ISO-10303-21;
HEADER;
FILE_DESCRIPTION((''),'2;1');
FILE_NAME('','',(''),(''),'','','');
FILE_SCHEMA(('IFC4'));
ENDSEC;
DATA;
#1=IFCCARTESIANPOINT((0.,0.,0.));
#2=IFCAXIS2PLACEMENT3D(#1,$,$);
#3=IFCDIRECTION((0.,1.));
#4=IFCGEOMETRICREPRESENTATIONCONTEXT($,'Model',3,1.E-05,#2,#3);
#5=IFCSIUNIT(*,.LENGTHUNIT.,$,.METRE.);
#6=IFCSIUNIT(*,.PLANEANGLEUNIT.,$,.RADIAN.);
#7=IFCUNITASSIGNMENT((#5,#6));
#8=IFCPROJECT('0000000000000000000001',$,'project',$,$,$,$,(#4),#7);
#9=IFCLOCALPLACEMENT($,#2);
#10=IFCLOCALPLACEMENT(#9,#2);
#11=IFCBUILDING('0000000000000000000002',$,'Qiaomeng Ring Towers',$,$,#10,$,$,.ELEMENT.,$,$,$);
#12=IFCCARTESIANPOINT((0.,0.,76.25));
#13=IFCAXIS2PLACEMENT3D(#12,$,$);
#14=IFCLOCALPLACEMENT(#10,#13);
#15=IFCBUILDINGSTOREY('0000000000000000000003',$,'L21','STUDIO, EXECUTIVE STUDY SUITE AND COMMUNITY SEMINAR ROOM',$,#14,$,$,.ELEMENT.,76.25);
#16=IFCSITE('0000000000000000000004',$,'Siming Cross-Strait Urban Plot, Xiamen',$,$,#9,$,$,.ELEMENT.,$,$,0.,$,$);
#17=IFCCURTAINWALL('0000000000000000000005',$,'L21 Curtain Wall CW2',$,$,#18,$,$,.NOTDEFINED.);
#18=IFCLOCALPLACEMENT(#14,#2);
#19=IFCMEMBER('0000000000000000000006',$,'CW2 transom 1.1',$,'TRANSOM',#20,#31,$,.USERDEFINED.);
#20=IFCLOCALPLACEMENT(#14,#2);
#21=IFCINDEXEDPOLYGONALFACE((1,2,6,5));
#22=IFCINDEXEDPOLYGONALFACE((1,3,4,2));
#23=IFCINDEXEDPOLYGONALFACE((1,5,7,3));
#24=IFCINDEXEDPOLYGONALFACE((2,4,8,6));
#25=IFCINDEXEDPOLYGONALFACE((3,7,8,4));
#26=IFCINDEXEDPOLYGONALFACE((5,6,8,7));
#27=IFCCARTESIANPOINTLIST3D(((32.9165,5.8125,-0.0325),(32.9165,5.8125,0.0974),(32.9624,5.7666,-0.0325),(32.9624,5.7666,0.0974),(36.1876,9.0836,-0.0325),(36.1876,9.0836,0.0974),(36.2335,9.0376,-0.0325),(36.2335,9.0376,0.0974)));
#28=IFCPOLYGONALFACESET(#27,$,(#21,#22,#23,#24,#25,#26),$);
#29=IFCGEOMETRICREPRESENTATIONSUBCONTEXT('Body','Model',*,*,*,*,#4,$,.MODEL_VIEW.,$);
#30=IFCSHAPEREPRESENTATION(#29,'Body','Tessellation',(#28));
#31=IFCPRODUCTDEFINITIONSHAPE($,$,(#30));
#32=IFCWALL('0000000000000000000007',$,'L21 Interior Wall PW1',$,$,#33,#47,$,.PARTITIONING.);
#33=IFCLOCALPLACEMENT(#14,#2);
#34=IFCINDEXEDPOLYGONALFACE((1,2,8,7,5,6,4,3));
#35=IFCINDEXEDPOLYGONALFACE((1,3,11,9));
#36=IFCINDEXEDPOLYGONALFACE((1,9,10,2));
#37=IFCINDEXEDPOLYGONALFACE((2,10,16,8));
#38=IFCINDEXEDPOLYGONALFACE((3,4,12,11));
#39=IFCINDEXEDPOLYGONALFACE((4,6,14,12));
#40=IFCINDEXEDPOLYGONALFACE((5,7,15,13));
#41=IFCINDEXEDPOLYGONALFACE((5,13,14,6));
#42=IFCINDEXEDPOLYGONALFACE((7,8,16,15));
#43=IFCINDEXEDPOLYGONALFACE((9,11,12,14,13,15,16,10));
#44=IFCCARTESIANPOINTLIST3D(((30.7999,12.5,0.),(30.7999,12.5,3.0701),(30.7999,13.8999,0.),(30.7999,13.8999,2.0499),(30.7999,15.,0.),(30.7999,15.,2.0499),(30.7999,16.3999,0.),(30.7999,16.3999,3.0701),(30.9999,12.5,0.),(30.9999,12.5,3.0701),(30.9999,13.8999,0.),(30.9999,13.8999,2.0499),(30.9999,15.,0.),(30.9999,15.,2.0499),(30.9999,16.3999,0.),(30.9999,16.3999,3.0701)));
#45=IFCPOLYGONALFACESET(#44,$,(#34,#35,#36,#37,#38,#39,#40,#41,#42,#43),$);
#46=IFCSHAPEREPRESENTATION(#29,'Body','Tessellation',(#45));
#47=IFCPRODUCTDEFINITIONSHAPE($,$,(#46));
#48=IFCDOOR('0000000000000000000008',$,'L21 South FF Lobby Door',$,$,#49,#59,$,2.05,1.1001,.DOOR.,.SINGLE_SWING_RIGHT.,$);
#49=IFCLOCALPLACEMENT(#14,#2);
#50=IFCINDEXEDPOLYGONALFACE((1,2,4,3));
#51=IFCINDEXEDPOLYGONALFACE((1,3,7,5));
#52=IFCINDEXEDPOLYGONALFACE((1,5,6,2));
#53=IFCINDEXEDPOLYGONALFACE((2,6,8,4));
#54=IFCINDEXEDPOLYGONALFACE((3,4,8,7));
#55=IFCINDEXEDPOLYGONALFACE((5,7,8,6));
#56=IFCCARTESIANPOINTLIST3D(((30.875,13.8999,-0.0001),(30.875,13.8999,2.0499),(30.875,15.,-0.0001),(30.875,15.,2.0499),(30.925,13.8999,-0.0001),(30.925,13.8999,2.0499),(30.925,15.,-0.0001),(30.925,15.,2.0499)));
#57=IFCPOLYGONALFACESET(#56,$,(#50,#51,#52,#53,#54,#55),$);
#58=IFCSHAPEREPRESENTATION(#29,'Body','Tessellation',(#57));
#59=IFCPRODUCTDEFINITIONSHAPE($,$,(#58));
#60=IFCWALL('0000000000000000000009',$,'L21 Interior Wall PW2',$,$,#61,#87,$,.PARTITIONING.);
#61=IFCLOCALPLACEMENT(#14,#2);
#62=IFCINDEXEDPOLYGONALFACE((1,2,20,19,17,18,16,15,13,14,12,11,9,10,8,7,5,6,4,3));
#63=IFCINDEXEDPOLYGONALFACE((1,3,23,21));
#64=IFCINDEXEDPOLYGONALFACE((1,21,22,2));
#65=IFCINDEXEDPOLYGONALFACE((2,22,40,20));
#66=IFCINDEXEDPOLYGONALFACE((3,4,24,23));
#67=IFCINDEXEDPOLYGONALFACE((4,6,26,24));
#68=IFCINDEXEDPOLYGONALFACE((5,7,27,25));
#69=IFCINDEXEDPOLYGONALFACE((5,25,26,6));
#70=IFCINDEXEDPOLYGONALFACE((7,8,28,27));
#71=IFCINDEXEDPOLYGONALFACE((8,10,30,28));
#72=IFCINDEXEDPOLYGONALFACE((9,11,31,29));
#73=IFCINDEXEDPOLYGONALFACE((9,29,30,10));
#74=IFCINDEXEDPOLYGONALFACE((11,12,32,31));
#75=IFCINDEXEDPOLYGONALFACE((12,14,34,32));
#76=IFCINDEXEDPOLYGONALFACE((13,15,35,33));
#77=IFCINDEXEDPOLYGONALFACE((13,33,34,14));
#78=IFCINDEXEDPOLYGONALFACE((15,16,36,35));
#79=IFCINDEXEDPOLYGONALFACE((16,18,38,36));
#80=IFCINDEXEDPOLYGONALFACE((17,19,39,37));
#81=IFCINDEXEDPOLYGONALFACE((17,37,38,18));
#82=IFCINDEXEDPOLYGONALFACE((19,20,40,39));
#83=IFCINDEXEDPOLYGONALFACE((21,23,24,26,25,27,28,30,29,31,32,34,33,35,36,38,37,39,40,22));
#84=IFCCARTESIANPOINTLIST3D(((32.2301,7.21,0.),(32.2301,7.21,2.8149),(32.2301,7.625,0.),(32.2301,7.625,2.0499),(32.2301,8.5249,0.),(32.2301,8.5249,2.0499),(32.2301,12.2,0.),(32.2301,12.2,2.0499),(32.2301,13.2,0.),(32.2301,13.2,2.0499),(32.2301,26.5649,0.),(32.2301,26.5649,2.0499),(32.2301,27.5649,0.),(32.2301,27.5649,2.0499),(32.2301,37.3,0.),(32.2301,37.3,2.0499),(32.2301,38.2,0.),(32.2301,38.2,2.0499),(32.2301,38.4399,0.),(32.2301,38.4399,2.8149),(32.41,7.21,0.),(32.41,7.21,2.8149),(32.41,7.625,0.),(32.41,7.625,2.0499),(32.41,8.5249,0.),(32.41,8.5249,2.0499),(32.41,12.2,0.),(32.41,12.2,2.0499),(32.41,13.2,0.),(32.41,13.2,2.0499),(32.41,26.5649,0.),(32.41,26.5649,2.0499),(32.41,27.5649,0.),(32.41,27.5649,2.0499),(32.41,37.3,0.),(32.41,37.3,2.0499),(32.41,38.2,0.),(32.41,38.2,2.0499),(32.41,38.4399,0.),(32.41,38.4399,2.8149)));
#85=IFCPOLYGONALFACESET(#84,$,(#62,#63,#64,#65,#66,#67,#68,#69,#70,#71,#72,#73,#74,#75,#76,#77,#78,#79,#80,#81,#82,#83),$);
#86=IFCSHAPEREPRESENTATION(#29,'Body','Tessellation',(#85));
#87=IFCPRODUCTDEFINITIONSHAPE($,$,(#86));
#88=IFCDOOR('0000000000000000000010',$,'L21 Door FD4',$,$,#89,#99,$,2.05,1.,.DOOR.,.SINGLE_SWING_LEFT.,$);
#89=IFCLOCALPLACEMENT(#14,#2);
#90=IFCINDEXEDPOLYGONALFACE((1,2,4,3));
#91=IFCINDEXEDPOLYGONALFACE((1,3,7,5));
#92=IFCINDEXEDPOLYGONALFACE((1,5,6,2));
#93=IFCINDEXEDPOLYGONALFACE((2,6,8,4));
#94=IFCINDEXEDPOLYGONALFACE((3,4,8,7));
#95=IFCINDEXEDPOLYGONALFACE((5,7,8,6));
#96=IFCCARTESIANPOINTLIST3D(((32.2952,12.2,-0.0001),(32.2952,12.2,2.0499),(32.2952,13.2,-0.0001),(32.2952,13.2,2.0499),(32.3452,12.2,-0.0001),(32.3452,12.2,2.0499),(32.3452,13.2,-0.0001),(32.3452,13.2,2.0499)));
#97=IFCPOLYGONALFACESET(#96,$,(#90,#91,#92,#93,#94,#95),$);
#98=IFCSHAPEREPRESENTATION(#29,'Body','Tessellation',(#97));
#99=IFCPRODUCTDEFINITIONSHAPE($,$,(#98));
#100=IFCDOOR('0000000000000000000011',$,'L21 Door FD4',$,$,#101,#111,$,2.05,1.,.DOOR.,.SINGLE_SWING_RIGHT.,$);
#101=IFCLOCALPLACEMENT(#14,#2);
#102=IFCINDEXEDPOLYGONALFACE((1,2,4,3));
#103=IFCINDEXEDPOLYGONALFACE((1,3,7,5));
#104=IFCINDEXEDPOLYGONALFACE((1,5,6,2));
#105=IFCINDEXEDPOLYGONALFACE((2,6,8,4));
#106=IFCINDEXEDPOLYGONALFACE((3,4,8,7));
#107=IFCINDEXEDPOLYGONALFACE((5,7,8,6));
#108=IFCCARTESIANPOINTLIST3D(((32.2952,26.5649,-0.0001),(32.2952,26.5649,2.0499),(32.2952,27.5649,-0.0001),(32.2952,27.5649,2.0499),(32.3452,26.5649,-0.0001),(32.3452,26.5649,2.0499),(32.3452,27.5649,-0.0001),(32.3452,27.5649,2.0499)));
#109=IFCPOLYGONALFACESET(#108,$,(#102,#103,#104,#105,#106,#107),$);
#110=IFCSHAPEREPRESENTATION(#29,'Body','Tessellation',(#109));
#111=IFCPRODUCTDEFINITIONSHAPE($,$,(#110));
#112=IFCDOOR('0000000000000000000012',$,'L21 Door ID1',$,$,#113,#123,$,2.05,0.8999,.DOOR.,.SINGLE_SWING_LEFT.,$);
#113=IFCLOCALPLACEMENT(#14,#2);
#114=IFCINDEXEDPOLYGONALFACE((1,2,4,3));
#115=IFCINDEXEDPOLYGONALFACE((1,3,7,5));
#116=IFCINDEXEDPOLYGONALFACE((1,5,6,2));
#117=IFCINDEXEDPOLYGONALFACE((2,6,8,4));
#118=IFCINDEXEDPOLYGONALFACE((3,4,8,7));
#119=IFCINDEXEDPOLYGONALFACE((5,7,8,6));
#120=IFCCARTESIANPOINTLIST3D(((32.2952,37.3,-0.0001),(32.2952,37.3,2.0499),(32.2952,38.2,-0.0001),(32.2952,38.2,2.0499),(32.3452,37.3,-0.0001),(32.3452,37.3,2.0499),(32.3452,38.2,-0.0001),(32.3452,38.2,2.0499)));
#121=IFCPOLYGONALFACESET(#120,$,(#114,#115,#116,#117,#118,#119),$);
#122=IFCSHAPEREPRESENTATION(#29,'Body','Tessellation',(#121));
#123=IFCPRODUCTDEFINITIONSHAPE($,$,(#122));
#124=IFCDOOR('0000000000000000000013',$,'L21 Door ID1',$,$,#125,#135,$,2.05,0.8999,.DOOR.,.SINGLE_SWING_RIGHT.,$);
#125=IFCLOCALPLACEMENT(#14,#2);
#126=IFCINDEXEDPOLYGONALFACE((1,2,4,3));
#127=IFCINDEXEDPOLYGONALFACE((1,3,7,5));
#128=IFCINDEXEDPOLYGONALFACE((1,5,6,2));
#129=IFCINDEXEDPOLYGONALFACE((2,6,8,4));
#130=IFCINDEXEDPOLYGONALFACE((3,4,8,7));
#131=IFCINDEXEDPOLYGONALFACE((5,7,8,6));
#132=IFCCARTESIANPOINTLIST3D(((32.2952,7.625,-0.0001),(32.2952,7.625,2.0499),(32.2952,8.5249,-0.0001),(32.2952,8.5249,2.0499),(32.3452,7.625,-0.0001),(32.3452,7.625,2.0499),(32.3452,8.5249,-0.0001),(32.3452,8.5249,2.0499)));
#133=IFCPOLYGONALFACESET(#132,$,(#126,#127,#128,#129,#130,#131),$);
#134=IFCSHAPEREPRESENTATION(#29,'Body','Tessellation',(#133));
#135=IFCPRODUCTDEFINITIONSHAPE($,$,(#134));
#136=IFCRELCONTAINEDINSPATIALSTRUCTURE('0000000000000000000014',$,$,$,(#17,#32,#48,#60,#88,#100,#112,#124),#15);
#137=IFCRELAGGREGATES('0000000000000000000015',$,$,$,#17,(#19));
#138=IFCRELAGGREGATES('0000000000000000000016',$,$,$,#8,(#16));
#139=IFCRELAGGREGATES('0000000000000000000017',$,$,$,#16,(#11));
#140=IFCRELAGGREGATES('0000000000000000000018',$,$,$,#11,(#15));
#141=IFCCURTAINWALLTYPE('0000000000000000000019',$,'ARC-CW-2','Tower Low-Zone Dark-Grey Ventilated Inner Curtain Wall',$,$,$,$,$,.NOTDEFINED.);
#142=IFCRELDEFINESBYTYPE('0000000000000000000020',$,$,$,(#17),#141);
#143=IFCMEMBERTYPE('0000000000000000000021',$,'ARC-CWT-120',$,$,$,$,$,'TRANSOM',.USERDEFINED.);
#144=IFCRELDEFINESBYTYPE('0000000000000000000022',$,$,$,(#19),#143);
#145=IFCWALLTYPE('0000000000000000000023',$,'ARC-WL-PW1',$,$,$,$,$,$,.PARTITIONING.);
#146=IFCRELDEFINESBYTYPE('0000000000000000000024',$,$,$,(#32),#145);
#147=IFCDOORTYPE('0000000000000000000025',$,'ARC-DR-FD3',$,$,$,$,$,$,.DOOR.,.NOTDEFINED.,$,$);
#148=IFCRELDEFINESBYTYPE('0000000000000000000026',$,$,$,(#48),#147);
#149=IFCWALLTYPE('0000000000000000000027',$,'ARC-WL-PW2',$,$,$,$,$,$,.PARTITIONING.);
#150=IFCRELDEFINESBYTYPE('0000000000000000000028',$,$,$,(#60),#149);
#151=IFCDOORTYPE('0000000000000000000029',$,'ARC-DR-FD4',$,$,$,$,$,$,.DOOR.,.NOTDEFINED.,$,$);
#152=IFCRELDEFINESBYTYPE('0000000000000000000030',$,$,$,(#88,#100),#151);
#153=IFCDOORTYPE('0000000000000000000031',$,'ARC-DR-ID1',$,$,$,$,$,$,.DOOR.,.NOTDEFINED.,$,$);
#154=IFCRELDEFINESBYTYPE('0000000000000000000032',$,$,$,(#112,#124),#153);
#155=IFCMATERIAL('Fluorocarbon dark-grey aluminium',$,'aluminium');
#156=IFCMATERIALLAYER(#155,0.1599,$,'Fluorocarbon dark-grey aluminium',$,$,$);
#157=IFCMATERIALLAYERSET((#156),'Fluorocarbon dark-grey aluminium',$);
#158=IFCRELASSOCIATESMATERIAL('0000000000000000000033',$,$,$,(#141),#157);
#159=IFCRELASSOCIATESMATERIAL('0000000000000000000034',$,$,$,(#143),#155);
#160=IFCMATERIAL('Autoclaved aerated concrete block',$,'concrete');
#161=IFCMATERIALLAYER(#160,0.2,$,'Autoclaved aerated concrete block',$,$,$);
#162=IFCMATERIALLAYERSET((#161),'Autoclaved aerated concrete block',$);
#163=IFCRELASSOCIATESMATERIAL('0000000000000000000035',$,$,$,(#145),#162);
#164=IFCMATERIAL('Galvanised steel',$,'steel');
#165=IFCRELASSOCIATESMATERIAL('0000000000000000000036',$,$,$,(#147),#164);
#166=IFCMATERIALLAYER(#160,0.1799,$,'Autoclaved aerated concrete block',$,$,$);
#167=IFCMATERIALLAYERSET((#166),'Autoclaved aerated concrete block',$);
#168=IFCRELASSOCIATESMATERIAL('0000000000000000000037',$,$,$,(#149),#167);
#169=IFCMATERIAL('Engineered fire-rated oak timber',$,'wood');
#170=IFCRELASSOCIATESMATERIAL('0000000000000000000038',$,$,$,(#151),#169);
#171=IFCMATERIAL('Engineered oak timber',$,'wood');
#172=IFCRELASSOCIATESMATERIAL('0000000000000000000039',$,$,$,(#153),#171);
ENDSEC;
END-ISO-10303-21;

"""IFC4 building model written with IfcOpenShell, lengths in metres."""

from ifc_helpers import new_model, si_unit, direction, frame, frame_2d, origin, origin_2d, place, context, subcontext, project, spatial, rectangle, extrude, source, transform, mapped, material, layer, layer_set, material_profile, profile_set, type_object, element, fill, aggregate, save


model = new_model("IFC4")

# Units and contexts
model_context = context("Model", 3, precision=1e-05, world=origin(), true_north=direction((0.0, 1.0)))
body_context = subcontext(model_context, "Body", "Model", "MODEL_VIEW")
ifc_project = project(units=[si_unit("LENGTHUNIT", "METRE"), si_unit("PLANEANGLEUNIT", "RADIAN")], contexts=[model_context])

# Site, building, storey
site_placement = place(None, origin())
site = spatial("IfcSite", under=ifc_project, at=site_placement, Name="Siming Cross-Strait Urban Plot, Xiamen", CompositionType="ELEMENT", RefElevation=0.0)
building_placement = place(site_placement, origin())
building = spatial("IfcBuilding", under=site, at=building_placement, Name="Qiaomeng Ring Towers", CompositionType="ELEMENT")
storey_placement = place(building_placement, frame((0.0, 0.0, 76.25)))
storey = spatial("IfcBuildingStorey", under=building, at=storey_placement, Name="L21", Description="STUDIO, EXECUTIVE STUDY SUITE AND COMMUNITY SEMINAR ROOM", CompositionType="ELEMENT", Elevation=76.25)

# Curtain wall, member
ifc_material_1 = material(Name="Fluorocarbon dark-grey aluminium", Category="aluminium")
ifc_layer_1 = layer(ifc_material_1, 0.1599, Name="Fluorocarbon dark-grey aluminium")
ifc_layer_set_1 = layer_set([ifc_layer_1], Name="Fluorocarbon dark-grey aluminium")
curtain_wall_type = type_object("IfcCurtainWallType", Name="ARC-CW-2", Description="Tower Low-Zone Dark-Grey Ventilated Inner Curtain Wall", PredefinedType="NOTDEFINED", material=ifc_layer_set_1)
curtain_wall_placement = place(storey_placement, origin())
curtain_wall = element("IfcCurtainWall", 1, at=curtain_wall_placement, inside=storey, type_object=curtain_wall_type, Name="L21 Curtain Wall CW2", PredefinedType="NOTDEFINED")
ifc_material_profile_1 = material_profile(ifc_material_1, rectangle(XDim=0.0649, YDim=0.1299, at=origin_2d()), Name="ALU TRAN 65x130")
ifc_profile_set_1 = profile_set([ifc_material_profile_1], Name="Fluorocarbon dark-grey aluminium")
member_type_1 = type_object("IfcMemberType", Name="ARC-CWT-120", ElementType="TRANSOM", PredefinedType="USERDEFINED", material=ifc_profile_set_1)
shared_shape_1 = source(origin(), body_context, "Body", "SweptSolid", [
    extrude(rectangle(XDim=0.0649, YDim=0.1299, at=origin_2d()), origin(), (0.0, 0.0, 1.0), 4.626),
])
member_1_placement = place(storey_placement, frame((32.9395, 5.7896, 0.0325), z_axis=(0.707107, 0.707107, 0.0), x_axis=(-0.707107, 0.707107, 0.0)))
member_1 = element("IfcMember", 2, at=member_1_placement, type_object=member_type_1, Name="CW2 transom 1.1", ObjectType="TRANSOM", PredefinedType="USERDEFINED", context=body_context, shape_type="MappedRepresentation", body=[
    mapped(shared_shape_1, transform((0.0, 0.0, 0.0), x_axis=(1.0, 0.0, 0.0), y_axis=(0.0, 1.0, 0.0), z_axis=(0.0, 0.0, 1.0), scale=1.0)),
])
aggregate(curtain_wall, [member_1])

# Wall, opening, door
ifc_material_2 = material(Name="Autoclaved aerated concrete block", Category="concrete")
ifc_layer_2 = layer(ifc_material_2, 0.2, Name="Autoclaved aerated concrete block")
ifc_layer_set_2 = layer_set([ifc_layer_2], Name="Autoclaved aerated concrete block")
wall_type_1 = type_object("IfcWallType", Name="ARC-WL-PW1", PredefinedType="PARTITIONING", material=ifc_layer_set_2)
wall_1_placement = place(storey_placement, frame((30.8999, 12.5, 0.0), z_axis=(0.0, 0.0, 1.0), x_axis=(0.0, 1.0, 0.0)))
wall_1 = element("IfcWall", 3, at=wall_1_placement, inside=storey, type_object=wall_type_1, Name="L21 Interior Wall PW1", PredefinedType="PARTITIONING", context=body_context, shape_type="SweptSolid", body=[
    extrude(rectangle(XDim=3.8999, YDim=0.2, at=frame_2d((1.95, 0.0))), origin(), (0.0, 0.0, 1.0), 3.0701),
])
opening_1_placement = place(wall_1_placement, frame((1.3999, 0.0, 0.0)))
opening_1 = element("IfcOpeningElement", 4, at=opening_1_placement, cuts=wall_1, PredefinedType="OPENING", context=body_context, shape_type="SweptSolid", body=[
    extrude(rectangle(XDim=1.1001, YDim=2.05, at=frame_2d((0.55, 1.0249))), frame((0.0, 0.1099, 0.0), z_axis=(0.0, -1.0, 0.0), x_axis=(1.0, 0.0, 0.0)), (0.0, 0.0, 1.0), 0.22),
])
ifc_material_3 = material(Name="Galvanised steel", Category="steel")
door_type_1 = type_object("IfcDoorType", Name="ARC-DR-FD3", OperationType="NOTDEFINED", PredefinedType="DOOR", material=ifc_material_3)
shared_shape_2 = source(origin(), body_context, "Body", "SweptSolid", [
    extrude(rectangle(XDim=1.1001, YDim=2.05, at=frame_2d((0.55, 1.0249))), frame((0.0, 0.0249, 0.0), z_axis=(0.0, -1.0, 0.0), x_axis=(1.0, 0.0, 0.0)), (0.0, 0.0, 1.0), 0.05),
])
door_1_placement = place(opening_1_placement, origin())
door_1 = element("IfcDoor", 5, at=door_1_placement, inside=storey, type_object=door_type_1, Name="L21 South FF Lobby Door", OperationType="SINGLE_SWING_RIGHT", OverallHeight=2.05, OverallWidth=1.1001, PredefinedType="DOOR", context=body_context, shape_type="MappedRepresentation", body=[
    mapped(shared_shape_2, transform((0.0, 0.0, 0.0), x_axis=(1.0, 0.0, 0.0), y_axis=(0.0, 1.0, 0.0), z_axis=(0.0, 0.0, 1.0), scale=1.0)),
])
fill(opening_1, door_1)

# Wall, openings, doors
ifc_layer_3 = layer(ifc_material_2, 0.1799, Name="Autoclaved aerated concrete block")
ifc_layer_set_3 = layer_set([ifc_layer_3], Name="Autoclaved aerated concrete block")
wall_type_2 = type_object("IfcWallType", Name="ARC-WL-PW2", PredefinedType="PARTITIONING", material=ifc_layer_set_3)
wall_2_placement = place(storey_placement, frame((32.3201, 7.21, 0.0), z_axis=(0.0, 0.0, 1.0), x_axis=(0.0, 1.0, 0.0)))
wall_2 = element("IfcWall", 6, at=wall_2_placement, inside=storey, type_object=wall_type_2, Name="L21 Interior Wall PW2", PredefinedType="PARTITIONING", context=body_context, shape_type="SweptSolid", body=[
    extrude(rectangle(XDim=31.23, YDim=0.1799, at=frame_2d((15.615, 0.0))), origin(), (0.0, 0.0, 1.0), 2.8149),
])
opening_2_placement = place(wall_2_placement, frame((30.0901, 0.0, 0.0)))
opening_2 = element("IfcOpeningElement", 7, at=opening_2_placement, cuts=wall_2, PredefinedType="OPENING", context=body_context, shape_type="SweptSolid", body=[
    extrude(rectangle(XDim=0.8999, YDim=2.05, at=frame_2d((0.45, 1.0249))), frame((0.0, 0.0999, 0.0), z_axis=(0.0, -1.0, 0.0), x_axis=(1.0, 0.0, 0.0)), (0.0, 0.0, 1.0), 0.2),
])
opening_3_placement = place(wall_2_placement, frame((0.415, 0.0, 0.0)))
opening_3 = element("IfcOpeningElement", 8, at=opening_3_placement, cuts=wall_2, PredefinedType="OPENING", context=body_context, shape_type="SweptSolid", body=[
    extrude(rectangle(XDim=0.8999, YDim=2.05, at=frame_2d((0.45, 1.0249))), frame((0.0, 0.0999, 0.0), z_axis=(0.0, -1.0, 0.0), x_axis=(1.0, 0.0, 0.0)), (0.0, 0.0, 1.0), 0.2),
])
opening_4_placement = place(wall_2_placement, frame((4.99, 0.0, 0.0)))
opening_4 = element("IfcOpeningElement", 9, at=opening_4_placement, cuts=wall_2, PredefinedType="OPENING", context=body_context, shape_type="SweptSolid", body=[
    extrude(rectangle(XDim=1.0, YDim=2.05, at=frame_2d((0.5, 1.0249))), frame((0.0, 0.0999, 0.0), z_axis=(0.0, -1.0, 0.0), x_axis=(1.0, 0.0, 0.0)), (0.0, 0.0, 1.0), 0.2),
])
opening_5_placement = place(wall_2_placement, frame((19.355, 0.0, 0.0)))
opening_5 = element("IfcOpeningElement", 10, at=opening_5_placement, cuts=wall_2, PredefinedType="OPENING", context=body_context, shape_type="SweptSolid", body=[
    extrude(rectangle(XDim=1.0, YDim=2.05, at=frame_2d((0.5, 1.0249))), frame((0.0, 0.0999, 0.0), z_axis=(0.0, -1.0, 0.0), x_axis=(1.0, 0.0, 0.0)), (0.0, 0.0, 1.0), 0.2),
])
ifc_material_4 = material(Name="Engineered fire-rated oak timber", Category="wood")
door_type_2 = type_object("IfcDoorType", Name="ARC-DR-FD4", OperationType="NOTDEFINED", PredefinedType="DOOR", material=ifc_material_4)
shared_shape_3 = source(origin(), body_context, "Body", "SweptSolid", [
    extrude(rectangle(XDim=1.0, YDim=2.05, at=frame_2d((0.5, 1.0249))), frame((0.0, 0.0249, 0.0), z_axis=(0.0, -1.0, 0.0), x_axis=(1.0, 0.0, 0.0)), (0.0, 0.0, 1.0), 0.05),
])
door_2_placement = place(opening_4_placement, origin())
door_2 = element("IfcDoor", 11, at=door_2_placement, inside=storey, type_object=door_type_2, Name="L21 Door FD4", OperationType="SINGLE_SWING_LEFT", OverallHeight=2.05, OverallWidth=1.0, PredefinedType="DOOR", context=body_context, shape_type="MappedRepresentation", body=[
    mapped(shared_shape_3, transform((0.0, 0.0, 0.0), x_axis=(1.0, 0.0, 0.0), y_axis=(0.0, 1.0, 0.0), z_axis=(0.0, 0.0, 1.0), scale=1.0)),
])
fill(opening_4, door_2)
door_3_placement = place(opening_5_placement, origin())
door_3 = element("IfcDoor", 12, at=door_3_placement, inside=storey, type_object=door_type_2, Name="L21 Door FD4", OperationType="SINGLE_SWING_RIGHT", OverallHeight=2.05, OverallWidth=1.0, PredefinedType="DOOR", context=body_context, shape_type="MappedRepresentation", body=[
    mapped(shared_shape_3, transform((0.0, 0.0, 0.0), x_axis=(1.0, 0.0, 0.0), y_axis=(0.0, 1.0, 0.0), z_axis=(0.0, 0.0, 1.0), scale=1.0)),
])
fill(opening_5, door_3)
ifc_material_5 = material(Name="Engineered oak timber", Category="wood")
door_type_3 = type_object("IfcDoorType", Name="ARC-DR-ID1", OperationType="NOTDEFINED", PredefinedType="DOOR", material=ifc_material_5)
shared_shape_4 = source(origin(), body_context, "Body", "SweptSolid", [
    extrude(rectangle(XDim=0.8999, YDim=2.05, at=frame_2d((0.45, 1.0249))), frame((0.0, 0.0249, 0.0), z_axis=(0.0, -1.0, 0.0), x_axis=(1.0, 0.0, 0.0)), (0.0, 0.0, 1.0), 0.05),
])
door_4_placement = place(opening_2_placement, origin())
door_4 = element("IfcDoor", 13, at=door_4_placement, inside=storey, type_object=door_type_3, Name="L21 Door ID1", OperationType="SINGLE_SWING_LEFT", OverallHeight=2.05, OverallWidth=0.8999, PredefinedType="DOOR", context=body_context, shape_type="MappedRepresentation", body=[
    mapped(shared_shape_4, transform((0.0, 0.0, 0.0), x_axis=(1.0, 0.0, 0.0), y_axis=(0.0, 1.0, 0.0), z_axis=(0.0, 0.0, 1.0), scale=1.0)),
])
fill(opening_2, door_4)
door_5_placement = place(opening_3_placement, origin())
door_5 = element("IfcDoor", 14, at=door_5_placement, inside=storey, type_object=door_type_3, Name="L21 Door ID1", OperationType="SINGLE_SWING_RIGHT", OverallHeight=2.05, OverallWidth=0.8999, PredefinedType="DOOR", context=body_context, shape_type="MappedRepresentation", body=[
    mapped(shared_shape_4, transform((0.0, 0.0, 0.0), x_axis=(1.0, 0.0, 0.0), y_axis=(0.0, 1.0, 0.0), z_axis=(0.0, 0.0, 1.0), scale=1.0)),
])
fill(opening_3, door_5)

save(model, "model.ifc")
